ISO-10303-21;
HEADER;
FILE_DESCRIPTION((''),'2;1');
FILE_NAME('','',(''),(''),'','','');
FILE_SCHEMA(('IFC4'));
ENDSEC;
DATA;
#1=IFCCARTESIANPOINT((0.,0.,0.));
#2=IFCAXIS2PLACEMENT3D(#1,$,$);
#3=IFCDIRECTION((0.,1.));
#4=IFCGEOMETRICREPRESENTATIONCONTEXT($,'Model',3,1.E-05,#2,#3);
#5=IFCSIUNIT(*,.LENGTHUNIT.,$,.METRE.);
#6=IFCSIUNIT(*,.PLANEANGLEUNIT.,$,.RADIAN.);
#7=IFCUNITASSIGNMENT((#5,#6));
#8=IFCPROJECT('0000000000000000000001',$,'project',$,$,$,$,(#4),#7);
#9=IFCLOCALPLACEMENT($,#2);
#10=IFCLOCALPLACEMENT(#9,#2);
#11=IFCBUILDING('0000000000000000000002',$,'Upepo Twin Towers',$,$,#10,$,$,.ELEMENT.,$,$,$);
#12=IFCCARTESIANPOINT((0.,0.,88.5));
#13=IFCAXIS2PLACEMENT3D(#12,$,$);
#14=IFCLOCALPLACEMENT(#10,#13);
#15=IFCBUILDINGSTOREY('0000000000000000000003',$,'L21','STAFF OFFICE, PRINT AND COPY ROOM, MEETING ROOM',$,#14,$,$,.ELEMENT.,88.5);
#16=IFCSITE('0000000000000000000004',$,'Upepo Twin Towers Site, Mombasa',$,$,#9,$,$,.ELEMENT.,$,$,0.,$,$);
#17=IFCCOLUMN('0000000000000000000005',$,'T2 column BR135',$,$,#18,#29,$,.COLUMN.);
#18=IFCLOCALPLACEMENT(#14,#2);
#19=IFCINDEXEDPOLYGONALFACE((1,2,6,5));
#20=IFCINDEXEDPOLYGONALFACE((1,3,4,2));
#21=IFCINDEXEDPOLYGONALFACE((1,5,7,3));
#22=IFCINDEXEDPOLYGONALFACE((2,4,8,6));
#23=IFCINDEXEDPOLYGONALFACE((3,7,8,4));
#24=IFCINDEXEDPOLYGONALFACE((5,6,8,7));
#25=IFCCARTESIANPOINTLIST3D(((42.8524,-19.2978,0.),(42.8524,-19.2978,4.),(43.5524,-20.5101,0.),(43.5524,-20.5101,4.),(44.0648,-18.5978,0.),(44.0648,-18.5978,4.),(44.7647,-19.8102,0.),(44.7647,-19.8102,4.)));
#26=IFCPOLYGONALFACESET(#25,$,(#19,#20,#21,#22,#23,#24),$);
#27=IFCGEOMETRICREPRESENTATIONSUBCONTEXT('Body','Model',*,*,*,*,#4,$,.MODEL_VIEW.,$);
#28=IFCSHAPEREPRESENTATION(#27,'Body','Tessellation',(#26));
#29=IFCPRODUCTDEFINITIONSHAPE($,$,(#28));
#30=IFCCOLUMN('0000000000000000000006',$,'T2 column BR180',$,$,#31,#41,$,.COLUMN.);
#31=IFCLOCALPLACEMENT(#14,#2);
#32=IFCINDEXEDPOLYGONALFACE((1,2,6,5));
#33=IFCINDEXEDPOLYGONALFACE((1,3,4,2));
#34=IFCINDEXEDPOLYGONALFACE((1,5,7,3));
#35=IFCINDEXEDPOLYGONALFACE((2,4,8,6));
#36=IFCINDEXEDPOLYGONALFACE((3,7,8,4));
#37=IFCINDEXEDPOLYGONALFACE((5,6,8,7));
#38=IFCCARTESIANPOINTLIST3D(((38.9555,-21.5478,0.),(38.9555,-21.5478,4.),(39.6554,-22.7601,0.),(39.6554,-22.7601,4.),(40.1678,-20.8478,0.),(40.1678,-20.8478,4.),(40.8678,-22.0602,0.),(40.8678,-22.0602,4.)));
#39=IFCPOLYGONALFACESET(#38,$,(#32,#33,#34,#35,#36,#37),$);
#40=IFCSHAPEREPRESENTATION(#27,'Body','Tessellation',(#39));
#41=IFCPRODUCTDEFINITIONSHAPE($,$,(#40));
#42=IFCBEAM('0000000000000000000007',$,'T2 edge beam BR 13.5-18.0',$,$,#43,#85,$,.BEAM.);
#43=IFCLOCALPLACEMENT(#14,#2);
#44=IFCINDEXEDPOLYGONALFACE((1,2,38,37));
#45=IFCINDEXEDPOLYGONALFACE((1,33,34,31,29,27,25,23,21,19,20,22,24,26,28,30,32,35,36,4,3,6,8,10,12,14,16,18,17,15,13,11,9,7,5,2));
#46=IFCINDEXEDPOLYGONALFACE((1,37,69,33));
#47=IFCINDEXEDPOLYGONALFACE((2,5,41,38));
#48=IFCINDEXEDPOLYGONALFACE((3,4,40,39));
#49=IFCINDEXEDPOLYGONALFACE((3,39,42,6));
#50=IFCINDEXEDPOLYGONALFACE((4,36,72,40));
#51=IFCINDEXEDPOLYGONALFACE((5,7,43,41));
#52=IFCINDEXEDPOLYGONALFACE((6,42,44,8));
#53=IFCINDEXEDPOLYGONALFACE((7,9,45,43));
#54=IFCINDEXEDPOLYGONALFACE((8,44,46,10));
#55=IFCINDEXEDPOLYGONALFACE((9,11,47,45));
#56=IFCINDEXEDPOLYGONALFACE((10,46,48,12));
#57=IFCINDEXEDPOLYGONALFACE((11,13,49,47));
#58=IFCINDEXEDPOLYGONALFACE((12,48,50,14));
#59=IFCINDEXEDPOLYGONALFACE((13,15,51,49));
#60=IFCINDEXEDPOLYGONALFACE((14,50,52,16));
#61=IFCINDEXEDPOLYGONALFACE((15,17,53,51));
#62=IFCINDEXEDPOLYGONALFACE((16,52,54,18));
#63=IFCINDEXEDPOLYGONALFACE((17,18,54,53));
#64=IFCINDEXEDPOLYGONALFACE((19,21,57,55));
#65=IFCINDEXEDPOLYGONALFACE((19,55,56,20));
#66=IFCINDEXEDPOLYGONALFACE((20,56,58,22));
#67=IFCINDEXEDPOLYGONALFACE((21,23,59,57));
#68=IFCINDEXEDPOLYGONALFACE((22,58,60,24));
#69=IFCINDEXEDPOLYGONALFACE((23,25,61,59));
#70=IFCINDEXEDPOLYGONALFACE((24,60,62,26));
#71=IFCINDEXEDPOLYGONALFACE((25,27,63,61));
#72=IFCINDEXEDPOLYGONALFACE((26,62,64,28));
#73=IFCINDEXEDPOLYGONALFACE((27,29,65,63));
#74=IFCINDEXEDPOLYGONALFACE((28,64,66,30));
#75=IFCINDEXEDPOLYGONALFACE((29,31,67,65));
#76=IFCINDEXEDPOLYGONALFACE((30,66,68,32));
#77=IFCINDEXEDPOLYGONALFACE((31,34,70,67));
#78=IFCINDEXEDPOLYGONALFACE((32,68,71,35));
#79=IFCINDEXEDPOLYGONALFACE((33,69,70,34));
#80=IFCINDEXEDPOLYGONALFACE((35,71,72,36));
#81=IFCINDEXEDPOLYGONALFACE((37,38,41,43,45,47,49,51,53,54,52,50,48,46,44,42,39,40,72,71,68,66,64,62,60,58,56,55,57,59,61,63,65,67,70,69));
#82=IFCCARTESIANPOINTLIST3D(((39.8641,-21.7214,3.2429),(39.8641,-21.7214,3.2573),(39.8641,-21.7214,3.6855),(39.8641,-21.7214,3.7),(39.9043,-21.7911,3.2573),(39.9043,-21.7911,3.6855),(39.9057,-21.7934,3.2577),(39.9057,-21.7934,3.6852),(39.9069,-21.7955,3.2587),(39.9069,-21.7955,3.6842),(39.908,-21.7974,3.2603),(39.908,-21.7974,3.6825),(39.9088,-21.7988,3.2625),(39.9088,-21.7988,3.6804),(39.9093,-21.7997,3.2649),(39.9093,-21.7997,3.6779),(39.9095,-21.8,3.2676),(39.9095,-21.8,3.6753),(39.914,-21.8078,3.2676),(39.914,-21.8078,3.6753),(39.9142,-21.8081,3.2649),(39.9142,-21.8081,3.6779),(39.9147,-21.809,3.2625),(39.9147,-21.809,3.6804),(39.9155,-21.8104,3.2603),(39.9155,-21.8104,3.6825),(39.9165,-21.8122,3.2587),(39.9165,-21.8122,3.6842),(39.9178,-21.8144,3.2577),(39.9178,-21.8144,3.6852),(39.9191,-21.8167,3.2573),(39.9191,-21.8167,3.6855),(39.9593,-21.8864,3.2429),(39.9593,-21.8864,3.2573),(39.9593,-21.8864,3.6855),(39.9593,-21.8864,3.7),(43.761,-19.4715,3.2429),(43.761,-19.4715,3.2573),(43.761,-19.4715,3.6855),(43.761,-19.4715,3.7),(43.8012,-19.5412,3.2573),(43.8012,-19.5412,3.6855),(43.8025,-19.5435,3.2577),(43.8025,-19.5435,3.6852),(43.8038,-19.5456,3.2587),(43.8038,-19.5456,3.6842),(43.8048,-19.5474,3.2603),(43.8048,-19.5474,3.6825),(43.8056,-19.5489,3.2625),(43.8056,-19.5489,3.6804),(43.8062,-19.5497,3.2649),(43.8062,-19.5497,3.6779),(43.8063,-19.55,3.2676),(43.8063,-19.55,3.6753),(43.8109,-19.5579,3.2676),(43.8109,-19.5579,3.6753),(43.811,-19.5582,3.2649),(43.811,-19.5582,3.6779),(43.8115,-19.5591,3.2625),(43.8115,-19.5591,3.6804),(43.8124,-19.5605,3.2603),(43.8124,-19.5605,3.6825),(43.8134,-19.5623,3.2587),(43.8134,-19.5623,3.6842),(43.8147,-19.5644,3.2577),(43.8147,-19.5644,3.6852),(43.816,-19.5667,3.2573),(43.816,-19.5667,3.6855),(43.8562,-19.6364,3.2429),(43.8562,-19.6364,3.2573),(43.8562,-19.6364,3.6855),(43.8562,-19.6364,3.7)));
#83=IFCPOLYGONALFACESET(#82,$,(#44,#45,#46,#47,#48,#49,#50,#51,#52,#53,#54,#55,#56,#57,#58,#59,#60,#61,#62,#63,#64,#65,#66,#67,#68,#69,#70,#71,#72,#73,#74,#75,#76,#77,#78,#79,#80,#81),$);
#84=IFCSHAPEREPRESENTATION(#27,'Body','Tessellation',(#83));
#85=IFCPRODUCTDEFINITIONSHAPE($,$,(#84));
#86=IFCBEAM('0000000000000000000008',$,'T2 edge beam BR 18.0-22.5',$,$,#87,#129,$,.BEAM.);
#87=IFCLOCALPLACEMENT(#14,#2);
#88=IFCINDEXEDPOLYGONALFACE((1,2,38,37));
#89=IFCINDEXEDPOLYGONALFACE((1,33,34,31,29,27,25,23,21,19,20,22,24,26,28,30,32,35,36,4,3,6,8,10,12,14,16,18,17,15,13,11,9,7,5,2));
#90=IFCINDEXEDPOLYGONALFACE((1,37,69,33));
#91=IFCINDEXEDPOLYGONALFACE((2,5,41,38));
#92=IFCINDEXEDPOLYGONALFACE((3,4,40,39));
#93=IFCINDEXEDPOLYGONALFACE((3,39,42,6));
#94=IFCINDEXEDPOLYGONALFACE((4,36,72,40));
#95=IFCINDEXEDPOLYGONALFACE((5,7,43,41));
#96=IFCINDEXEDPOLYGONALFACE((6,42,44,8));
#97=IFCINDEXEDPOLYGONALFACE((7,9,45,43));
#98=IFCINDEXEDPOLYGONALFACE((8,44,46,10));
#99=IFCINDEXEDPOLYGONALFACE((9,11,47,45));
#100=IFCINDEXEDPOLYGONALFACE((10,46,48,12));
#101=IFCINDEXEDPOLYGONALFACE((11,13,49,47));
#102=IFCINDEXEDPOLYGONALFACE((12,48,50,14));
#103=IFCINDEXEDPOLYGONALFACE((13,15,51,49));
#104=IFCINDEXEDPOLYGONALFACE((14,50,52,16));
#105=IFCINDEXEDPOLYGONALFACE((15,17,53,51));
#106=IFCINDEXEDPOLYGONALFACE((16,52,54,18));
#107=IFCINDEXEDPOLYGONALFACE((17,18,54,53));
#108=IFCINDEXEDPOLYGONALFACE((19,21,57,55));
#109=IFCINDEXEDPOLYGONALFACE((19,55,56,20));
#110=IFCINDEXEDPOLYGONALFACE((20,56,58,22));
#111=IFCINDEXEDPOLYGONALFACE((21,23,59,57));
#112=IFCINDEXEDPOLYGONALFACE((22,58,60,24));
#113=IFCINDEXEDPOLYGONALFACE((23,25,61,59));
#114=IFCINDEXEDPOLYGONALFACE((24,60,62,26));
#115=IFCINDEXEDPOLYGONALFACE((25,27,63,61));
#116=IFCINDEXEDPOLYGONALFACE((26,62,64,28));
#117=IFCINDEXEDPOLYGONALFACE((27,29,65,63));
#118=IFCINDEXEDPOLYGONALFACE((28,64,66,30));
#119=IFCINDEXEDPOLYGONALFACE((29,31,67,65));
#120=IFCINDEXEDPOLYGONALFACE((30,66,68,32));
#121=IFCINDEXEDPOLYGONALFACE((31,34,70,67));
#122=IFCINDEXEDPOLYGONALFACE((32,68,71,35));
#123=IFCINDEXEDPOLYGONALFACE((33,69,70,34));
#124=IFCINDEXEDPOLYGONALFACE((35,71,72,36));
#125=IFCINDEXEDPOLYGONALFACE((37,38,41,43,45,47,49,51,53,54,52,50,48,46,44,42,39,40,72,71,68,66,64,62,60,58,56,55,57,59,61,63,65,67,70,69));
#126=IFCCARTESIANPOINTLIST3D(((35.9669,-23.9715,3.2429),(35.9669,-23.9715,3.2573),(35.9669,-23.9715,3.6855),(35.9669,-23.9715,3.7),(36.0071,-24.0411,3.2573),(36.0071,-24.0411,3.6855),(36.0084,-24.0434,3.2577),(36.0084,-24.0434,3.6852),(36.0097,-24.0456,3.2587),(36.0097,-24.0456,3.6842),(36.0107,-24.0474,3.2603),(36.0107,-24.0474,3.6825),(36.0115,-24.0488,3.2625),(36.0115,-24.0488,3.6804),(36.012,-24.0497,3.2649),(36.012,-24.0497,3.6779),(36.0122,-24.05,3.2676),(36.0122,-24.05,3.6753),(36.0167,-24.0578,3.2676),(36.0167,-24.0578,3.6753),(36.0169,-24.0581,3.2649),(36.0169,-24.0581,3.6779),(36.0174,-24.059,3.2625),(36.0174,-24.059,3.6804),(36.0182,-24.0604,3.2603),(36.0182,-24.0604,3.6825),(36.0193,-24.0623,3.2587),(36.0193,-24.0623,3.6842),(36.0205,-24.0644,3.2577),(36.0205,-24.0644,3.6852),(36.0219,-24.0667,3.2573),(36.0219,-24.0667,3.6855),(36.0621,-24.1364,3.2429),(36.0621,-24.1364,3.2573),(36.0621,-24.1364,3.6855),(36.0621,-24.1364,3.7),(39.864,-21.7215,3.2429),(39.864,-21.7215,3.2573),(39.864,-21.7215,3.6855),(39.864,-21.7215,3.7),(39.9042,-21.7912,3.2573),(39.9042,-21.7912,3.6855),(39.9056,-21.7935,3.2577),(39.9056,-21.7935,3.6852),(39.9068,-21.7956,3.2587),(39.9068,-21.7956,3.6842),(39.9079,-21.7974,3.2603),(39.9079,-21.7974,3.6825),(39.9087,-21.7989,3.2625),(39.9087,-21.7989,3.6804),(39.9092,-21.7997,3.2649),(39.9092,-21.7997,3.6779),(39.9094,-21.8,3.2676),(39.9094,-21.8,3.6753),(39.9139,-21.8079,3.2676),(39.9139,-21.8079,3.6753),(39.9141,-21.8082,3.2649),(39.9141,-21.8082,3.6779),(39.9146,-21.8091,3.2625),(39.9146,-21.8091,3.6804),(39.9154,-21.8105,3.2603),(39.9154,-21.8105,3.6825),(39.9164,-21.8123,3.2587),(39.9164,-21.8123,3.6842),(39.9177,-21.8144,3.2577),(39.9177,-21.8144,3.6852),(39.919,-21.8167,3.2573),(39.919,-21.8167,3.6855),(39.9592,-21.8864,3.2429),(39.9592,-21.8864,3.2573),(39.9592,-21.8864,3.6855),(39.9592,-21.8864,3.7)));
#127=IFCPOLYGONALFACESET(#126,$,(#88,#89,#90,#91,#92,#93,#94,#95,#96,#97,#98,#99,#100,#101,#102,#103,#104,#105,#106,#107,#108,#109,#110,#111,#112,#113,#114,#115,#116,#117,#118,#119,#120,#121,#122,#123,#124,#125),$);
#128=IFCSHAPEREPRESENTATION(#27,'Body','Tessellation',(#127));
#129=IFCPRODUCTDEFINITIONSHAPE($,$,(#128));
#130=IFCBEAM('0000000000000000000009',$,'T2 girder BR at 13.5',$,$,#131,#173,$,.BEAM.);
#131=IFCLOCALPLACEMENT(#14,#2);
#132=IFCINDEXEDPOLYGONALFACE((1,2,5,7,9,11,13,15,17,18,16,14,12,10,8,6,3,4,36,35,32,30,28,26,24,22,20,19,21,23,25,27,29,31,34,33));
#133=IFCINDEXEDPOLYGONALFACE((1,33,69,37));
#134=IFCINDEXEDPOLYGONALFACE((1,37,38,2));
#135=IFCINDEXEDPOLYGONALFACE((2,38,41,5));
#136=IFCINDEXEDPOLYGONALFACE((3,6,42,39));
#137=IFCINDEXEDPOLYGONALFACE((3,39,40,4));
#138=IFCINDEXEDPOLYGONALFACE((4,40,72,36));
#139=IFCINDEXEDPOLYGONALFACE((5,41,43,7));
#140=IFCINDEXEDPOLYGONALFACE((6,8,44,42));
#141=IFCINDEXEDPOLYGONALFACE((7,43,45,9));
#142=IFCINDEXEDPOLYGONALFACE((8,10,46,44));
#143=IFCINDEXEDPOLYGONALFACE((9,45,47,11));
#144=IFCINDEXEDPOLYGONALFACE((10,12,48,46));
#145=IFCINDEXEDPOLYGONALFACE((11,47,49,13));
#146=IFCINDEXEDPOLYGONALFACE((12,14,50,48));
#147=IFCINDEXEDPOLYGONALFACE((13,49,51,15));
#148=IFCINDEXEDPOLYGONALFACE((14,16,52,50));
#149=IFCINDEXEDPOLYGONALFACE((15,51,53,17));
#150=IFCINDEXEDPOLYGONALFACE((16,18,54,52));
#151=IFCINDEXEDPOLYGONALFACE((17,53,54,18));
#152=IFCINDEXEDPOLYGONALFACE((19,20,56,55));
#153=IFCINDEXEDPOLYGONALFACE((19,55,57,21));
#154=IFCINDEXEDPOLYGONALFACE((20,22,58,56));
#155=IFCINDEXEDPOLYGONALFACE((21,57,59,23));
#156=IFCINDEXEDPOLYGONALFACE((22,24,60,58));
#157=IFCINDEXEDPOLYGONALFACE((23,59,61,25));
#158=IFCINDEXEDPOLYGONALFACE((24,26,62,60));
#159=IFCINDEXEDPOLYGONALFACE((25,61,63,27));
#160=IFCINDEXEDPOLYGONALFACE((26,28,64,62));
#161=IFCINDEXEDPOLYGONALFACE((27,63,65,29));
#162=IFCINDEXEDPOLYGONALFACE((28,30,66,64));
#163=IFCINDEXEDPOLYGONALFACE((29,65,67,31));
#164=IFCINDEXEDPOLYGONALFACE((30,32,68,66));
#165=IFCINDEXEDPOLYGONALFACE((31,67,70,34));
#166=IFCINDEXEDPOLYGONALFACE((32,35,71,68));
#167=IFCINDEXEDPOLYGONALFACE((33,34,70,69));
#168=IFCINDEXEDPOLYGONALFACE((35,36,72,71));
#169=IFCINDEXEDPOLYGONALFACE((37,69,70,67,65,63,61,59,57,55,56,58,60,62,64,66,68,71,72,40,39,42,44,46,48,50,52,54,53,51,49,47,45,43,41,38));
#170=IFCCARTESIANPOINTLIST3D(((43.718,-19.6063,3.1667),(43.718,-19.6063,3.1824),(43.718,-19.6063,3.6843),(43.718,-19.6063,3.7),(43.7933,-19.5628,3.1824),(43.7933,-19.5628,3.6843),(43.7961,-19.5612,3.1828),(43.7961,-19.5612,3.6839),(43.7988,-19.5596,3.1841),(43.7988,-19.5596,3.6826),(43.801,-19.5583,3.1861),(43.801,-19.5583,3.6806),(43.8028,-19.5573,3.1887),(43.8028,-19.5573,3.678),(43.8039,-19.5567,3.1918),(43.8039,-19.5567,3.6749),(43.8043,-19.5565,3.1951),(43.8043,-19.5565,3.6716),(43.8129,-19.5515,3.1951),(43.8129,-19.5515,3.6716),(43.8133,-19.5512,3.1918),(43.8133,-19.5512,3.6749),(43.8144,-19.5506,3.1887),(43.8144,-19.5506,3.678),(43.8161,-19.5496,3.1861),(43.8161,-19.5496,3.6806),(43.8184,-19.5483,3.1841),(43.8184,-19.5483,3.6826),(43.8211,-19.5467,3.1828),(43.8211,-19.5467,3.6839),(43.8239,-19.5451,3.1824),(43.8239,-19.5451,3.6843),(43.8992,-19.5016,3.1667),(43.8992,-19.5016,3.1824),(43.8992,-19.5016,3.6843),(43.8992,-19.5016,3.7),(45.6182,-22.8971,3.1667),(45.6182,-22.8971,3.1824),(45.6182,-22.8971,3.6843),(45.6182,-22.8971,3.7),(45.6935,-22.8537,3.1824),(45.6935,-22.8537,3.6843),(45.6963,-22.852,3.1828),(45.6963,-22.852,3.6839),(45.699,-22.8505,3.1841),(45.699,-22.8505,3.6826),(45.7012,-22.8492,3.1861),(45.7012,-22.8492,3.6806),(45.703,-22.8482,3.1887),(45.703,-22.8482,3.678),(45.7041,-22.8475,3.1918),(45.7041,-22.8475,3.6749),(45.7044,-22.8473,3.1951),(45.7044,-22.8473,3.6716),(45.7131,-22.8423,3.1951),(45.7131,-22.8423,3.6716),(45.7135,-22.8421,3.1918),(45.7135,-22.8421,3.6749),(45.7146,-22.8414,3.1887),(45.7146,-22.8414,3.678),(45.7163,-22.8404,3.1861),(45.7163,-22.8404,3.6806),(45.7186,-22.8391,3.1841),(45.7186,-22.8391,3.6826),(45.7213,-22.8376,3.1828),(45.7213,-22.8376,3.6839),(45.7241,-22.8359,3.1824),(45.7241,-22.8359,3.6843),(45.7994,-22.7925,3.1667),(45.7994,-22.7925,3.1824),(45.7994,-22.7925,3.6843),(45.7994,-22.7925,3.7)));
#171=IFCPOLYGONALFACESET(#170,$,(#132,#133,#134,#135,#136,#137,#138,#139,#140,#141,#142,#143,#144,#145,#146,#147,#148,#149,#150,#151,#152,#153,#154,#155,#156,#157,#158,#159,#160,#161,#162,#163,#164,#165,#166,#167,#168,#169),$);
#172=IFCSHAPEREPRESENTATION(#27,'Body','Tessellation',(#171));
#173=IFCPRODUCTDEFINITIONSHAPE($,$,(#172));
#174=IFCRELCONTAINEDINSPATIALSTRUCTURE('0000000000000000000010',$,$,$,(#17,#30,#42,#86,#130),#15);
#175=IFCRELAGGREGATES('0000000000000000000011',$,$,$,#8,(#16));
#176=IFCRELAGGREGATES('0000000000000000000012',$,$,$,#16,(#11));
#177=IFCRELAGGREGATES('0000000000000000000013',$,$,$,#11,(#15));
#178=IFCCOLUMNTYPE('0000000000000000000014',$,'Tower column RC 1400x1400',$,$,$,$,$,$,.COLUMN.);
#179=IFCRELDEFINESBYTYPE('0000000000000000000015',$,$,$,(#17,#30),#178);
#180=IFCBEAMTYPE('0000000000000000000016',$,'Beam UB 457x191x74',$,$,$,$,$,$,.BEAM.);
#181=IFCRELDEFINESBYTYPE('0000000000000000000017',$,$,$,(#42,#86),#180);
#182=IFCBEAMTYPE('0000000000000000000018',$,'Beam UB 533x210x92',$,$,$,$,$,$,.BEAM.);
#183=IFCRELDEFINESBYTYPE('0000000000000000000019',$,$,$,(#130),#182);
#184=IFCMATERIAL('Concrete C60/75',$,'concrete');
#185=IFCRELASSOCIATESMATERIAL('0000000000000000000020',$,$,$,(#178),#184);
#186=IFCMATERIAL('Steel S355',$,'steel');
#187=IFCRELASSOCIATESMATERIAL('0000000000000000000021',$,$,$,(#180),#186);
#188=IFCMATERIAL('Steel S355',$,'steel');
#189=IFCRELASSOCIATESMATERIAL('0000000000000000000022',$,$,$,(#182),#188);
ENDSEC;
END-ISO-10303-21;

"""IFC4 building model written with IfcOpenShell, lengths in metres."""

from ifc_helpers import new_model, si_unit, direction, frame, origin, origin_2d, place, context, subcontext, project, spatial, rectangle, i_section, extrude, material, material_profile, profile_set, type_object, element, save


model = new_model("IFC4")

# Units and contexts
model_context = context("Model", 3, precision=1e-05, world=origin(), true_north=direction((0.0, 1.0)))
body_context = subcontext(model_context, "Body", "Model", "MODEL_VIEW")
ifc_project = project(units=[si_unit("LENGTHUNIT", "METRE"), si_unit("PLANEANGLEUNIT", "RADIAN")], contexts=[model_context])

# Site, building, storey
site_placement = place(None, origin())
site = spatial("IfcSite", under=ifc_project, at=site_placement, Name="Upepo Twin Towers Site, Mombasa", CompositionType="ELEMENT", RefElevation=0.0)
building_placement = place(site_placement, origin())
building = spatial("IfcBuilding", under=site, at=building_placement, Name="Upepo Twin Towers", CompositionType="ELEMENT")
storey_placement = place(building_placement, frame((0.0, 0.0, 88.5)))
storey = spatial("IfcBuildingStorey", under=building, at=storey_placement, Name="L21", Description="STAFF OFFICE, PRINT AND COPY ROOM, MEETING ROOM", CompositionType="ELEMENT", Elevation=88.5)

# Columns
ifc_material_1 = material(Name="Concrete C60/75", Category="concrete")
ifc_material_profile_1 = material_profile(ifc_material_1, rectangle(XDim=1.3999, YDim=1.3999, at=origin_2d()), Name="RC 1400x1400")
ifc_profile_set_1 = profile_set([ifc_material_profile_1], Name="Concrete C60/75")
column_type = type_object("IfcColumnType", Name="Tower column RC 1400x1400", PredefinedType="COLUMN", material=ifc_profile_set_1)
for number, where, z_axis, x_axis, name in (
    (1, (43.8086, -19.554, 0.0), (0.0, 0.0, 1.0), (0.866025, 0.5, 0.0), "T2 column BR135"),
    (2, (39.9116, -21.804, 0.0), (0.0, 0.0, 1.0), (0.866025, 0.5, 0.0), "T2 column BR180"),
):
    element("IfcColumn", number, at=place(storey_placement, frame(where, z_axis=z_axis, x_axis=x_axis)), inside=storey, type_object=column_type, Name=name, PredefinedType="COLUMN", context=body_context, shape_type="SweptSolid", body=[
        extrude(rectangle(XDim=1.3999, YDim=1.3999, at=origin_2d()), origin(), (0.0, 0.0, 1.0), 4.0),
    ])

# Beams
ifc_material_2 = material(Name="Steel S355", Category="steel")
ifc_material_profile_2 = material_profile(ifc_material_2, i_section(OverallWidth=0.1904, OverallDepth=0.457, WebThickness=0.009, FlangeThickness=0.0144, FilletRadius=0.0103, at=origin_2d()), Name="UB 457x191x74")
ifc_profile_set_2 = profile_set([ifc_material_profile_2], Name="Steel S355")
beam_type_1 = type_object("IfcBeamType", Name="Beam UB 457x191x74", PredefinedType="BEAM", material=ifc_profile_set_2)
beam_1_placement = place(storey_placement, frame((43.8086, -19.554, 3.4714), z_axis=(-0.866018, -0.500014, 0.0), x_axis=(0.500014, -0.866018, 0.0)))
element("IfcBeam", 3, at=beam_1_placement, inside=storey, type_object=beam_type_1, Name="T2 edge beam BR 13.5-18.0", PredefinedType="BEAM", context=body_context, shape_type="SweptSolid", body=[
    extrude(i_section(OverallWidth=0.1904, OverallDepth=0.457, WebThickness=0.009, FlangeThickness=0.0144, FilletRadius=0.0103, at=origin_2d()), origin(), (0.0, 0.0, 1.0), 4.4998),
])
beam_2_placement = place(storey_placement, frame((39.9116, -21.804, 3.4714), z_axis=(-0.866031, -0.49999, 0.0), x_axis=(0.49999, -0.866031, 0.0)))
element("IfcBeam", 4, at=beam_2_placement, inside=storey, type_object=beam_type_1, Name="T2 edge beam BR 18.0-22.5", PredefinedType="BEAM", context=body_context, shape_type="SweptSolid", body=[
    extrude(i_section(OverallWidth=0.1904, OverallDepth=0.457, WebThickness=0.009, FlangeThickness=0.0144, FilletRadius=0.0103, at=origin_2d()), origin(), (0.0, 0.0, 1.0), 4.5),
])
ifc_material_3 = material(Name="Steel S355", Category="steel")
ifc_material_profile_3 = material_profile(ifc_material_3, i_section(OverallWidth=0.2092, OverallDepth=0.5332, WebThickness=0.01, FlangeThickness=0.0156, FilletRadius=0.0127, at=origin_2d()), Name="UB 533x210x92")
ifc_profile_set_3 = profile_set([ifc_material_profile_3], Name="Steel S355")
beam_type_2 = type_object("IfcBeamType", Name="Beam UB 533x210x92", PredefinedType="BEAM", material=ifc_profile_set_3)
beam_3_placement = place(storey_placement, frame((43.8086, -19.554, 3.4333), z_axis=(0.500043, -0.866, 0.0), x_axis=(0.866, 0.500043, 0.0)))
element("IfcBeam", 5, at=beam_3_placement, inside=storey, type_object=beam_type_2, Name="T2 girder BR at 13.5", PredefinedType="BEAM", context=body_context, shape_type="SweptSolid", body=[
    extrude(i_section(OverallWidth=0.2092, OverallDepth=0.5332, WebThickness=0.01, FlangeThickness=0.0156, FilletRadius=0.0127, at=origin_2d()), origin(), (0.0, 0.0, 1.0), 3.8),
])

save(model, "model.ifc")
